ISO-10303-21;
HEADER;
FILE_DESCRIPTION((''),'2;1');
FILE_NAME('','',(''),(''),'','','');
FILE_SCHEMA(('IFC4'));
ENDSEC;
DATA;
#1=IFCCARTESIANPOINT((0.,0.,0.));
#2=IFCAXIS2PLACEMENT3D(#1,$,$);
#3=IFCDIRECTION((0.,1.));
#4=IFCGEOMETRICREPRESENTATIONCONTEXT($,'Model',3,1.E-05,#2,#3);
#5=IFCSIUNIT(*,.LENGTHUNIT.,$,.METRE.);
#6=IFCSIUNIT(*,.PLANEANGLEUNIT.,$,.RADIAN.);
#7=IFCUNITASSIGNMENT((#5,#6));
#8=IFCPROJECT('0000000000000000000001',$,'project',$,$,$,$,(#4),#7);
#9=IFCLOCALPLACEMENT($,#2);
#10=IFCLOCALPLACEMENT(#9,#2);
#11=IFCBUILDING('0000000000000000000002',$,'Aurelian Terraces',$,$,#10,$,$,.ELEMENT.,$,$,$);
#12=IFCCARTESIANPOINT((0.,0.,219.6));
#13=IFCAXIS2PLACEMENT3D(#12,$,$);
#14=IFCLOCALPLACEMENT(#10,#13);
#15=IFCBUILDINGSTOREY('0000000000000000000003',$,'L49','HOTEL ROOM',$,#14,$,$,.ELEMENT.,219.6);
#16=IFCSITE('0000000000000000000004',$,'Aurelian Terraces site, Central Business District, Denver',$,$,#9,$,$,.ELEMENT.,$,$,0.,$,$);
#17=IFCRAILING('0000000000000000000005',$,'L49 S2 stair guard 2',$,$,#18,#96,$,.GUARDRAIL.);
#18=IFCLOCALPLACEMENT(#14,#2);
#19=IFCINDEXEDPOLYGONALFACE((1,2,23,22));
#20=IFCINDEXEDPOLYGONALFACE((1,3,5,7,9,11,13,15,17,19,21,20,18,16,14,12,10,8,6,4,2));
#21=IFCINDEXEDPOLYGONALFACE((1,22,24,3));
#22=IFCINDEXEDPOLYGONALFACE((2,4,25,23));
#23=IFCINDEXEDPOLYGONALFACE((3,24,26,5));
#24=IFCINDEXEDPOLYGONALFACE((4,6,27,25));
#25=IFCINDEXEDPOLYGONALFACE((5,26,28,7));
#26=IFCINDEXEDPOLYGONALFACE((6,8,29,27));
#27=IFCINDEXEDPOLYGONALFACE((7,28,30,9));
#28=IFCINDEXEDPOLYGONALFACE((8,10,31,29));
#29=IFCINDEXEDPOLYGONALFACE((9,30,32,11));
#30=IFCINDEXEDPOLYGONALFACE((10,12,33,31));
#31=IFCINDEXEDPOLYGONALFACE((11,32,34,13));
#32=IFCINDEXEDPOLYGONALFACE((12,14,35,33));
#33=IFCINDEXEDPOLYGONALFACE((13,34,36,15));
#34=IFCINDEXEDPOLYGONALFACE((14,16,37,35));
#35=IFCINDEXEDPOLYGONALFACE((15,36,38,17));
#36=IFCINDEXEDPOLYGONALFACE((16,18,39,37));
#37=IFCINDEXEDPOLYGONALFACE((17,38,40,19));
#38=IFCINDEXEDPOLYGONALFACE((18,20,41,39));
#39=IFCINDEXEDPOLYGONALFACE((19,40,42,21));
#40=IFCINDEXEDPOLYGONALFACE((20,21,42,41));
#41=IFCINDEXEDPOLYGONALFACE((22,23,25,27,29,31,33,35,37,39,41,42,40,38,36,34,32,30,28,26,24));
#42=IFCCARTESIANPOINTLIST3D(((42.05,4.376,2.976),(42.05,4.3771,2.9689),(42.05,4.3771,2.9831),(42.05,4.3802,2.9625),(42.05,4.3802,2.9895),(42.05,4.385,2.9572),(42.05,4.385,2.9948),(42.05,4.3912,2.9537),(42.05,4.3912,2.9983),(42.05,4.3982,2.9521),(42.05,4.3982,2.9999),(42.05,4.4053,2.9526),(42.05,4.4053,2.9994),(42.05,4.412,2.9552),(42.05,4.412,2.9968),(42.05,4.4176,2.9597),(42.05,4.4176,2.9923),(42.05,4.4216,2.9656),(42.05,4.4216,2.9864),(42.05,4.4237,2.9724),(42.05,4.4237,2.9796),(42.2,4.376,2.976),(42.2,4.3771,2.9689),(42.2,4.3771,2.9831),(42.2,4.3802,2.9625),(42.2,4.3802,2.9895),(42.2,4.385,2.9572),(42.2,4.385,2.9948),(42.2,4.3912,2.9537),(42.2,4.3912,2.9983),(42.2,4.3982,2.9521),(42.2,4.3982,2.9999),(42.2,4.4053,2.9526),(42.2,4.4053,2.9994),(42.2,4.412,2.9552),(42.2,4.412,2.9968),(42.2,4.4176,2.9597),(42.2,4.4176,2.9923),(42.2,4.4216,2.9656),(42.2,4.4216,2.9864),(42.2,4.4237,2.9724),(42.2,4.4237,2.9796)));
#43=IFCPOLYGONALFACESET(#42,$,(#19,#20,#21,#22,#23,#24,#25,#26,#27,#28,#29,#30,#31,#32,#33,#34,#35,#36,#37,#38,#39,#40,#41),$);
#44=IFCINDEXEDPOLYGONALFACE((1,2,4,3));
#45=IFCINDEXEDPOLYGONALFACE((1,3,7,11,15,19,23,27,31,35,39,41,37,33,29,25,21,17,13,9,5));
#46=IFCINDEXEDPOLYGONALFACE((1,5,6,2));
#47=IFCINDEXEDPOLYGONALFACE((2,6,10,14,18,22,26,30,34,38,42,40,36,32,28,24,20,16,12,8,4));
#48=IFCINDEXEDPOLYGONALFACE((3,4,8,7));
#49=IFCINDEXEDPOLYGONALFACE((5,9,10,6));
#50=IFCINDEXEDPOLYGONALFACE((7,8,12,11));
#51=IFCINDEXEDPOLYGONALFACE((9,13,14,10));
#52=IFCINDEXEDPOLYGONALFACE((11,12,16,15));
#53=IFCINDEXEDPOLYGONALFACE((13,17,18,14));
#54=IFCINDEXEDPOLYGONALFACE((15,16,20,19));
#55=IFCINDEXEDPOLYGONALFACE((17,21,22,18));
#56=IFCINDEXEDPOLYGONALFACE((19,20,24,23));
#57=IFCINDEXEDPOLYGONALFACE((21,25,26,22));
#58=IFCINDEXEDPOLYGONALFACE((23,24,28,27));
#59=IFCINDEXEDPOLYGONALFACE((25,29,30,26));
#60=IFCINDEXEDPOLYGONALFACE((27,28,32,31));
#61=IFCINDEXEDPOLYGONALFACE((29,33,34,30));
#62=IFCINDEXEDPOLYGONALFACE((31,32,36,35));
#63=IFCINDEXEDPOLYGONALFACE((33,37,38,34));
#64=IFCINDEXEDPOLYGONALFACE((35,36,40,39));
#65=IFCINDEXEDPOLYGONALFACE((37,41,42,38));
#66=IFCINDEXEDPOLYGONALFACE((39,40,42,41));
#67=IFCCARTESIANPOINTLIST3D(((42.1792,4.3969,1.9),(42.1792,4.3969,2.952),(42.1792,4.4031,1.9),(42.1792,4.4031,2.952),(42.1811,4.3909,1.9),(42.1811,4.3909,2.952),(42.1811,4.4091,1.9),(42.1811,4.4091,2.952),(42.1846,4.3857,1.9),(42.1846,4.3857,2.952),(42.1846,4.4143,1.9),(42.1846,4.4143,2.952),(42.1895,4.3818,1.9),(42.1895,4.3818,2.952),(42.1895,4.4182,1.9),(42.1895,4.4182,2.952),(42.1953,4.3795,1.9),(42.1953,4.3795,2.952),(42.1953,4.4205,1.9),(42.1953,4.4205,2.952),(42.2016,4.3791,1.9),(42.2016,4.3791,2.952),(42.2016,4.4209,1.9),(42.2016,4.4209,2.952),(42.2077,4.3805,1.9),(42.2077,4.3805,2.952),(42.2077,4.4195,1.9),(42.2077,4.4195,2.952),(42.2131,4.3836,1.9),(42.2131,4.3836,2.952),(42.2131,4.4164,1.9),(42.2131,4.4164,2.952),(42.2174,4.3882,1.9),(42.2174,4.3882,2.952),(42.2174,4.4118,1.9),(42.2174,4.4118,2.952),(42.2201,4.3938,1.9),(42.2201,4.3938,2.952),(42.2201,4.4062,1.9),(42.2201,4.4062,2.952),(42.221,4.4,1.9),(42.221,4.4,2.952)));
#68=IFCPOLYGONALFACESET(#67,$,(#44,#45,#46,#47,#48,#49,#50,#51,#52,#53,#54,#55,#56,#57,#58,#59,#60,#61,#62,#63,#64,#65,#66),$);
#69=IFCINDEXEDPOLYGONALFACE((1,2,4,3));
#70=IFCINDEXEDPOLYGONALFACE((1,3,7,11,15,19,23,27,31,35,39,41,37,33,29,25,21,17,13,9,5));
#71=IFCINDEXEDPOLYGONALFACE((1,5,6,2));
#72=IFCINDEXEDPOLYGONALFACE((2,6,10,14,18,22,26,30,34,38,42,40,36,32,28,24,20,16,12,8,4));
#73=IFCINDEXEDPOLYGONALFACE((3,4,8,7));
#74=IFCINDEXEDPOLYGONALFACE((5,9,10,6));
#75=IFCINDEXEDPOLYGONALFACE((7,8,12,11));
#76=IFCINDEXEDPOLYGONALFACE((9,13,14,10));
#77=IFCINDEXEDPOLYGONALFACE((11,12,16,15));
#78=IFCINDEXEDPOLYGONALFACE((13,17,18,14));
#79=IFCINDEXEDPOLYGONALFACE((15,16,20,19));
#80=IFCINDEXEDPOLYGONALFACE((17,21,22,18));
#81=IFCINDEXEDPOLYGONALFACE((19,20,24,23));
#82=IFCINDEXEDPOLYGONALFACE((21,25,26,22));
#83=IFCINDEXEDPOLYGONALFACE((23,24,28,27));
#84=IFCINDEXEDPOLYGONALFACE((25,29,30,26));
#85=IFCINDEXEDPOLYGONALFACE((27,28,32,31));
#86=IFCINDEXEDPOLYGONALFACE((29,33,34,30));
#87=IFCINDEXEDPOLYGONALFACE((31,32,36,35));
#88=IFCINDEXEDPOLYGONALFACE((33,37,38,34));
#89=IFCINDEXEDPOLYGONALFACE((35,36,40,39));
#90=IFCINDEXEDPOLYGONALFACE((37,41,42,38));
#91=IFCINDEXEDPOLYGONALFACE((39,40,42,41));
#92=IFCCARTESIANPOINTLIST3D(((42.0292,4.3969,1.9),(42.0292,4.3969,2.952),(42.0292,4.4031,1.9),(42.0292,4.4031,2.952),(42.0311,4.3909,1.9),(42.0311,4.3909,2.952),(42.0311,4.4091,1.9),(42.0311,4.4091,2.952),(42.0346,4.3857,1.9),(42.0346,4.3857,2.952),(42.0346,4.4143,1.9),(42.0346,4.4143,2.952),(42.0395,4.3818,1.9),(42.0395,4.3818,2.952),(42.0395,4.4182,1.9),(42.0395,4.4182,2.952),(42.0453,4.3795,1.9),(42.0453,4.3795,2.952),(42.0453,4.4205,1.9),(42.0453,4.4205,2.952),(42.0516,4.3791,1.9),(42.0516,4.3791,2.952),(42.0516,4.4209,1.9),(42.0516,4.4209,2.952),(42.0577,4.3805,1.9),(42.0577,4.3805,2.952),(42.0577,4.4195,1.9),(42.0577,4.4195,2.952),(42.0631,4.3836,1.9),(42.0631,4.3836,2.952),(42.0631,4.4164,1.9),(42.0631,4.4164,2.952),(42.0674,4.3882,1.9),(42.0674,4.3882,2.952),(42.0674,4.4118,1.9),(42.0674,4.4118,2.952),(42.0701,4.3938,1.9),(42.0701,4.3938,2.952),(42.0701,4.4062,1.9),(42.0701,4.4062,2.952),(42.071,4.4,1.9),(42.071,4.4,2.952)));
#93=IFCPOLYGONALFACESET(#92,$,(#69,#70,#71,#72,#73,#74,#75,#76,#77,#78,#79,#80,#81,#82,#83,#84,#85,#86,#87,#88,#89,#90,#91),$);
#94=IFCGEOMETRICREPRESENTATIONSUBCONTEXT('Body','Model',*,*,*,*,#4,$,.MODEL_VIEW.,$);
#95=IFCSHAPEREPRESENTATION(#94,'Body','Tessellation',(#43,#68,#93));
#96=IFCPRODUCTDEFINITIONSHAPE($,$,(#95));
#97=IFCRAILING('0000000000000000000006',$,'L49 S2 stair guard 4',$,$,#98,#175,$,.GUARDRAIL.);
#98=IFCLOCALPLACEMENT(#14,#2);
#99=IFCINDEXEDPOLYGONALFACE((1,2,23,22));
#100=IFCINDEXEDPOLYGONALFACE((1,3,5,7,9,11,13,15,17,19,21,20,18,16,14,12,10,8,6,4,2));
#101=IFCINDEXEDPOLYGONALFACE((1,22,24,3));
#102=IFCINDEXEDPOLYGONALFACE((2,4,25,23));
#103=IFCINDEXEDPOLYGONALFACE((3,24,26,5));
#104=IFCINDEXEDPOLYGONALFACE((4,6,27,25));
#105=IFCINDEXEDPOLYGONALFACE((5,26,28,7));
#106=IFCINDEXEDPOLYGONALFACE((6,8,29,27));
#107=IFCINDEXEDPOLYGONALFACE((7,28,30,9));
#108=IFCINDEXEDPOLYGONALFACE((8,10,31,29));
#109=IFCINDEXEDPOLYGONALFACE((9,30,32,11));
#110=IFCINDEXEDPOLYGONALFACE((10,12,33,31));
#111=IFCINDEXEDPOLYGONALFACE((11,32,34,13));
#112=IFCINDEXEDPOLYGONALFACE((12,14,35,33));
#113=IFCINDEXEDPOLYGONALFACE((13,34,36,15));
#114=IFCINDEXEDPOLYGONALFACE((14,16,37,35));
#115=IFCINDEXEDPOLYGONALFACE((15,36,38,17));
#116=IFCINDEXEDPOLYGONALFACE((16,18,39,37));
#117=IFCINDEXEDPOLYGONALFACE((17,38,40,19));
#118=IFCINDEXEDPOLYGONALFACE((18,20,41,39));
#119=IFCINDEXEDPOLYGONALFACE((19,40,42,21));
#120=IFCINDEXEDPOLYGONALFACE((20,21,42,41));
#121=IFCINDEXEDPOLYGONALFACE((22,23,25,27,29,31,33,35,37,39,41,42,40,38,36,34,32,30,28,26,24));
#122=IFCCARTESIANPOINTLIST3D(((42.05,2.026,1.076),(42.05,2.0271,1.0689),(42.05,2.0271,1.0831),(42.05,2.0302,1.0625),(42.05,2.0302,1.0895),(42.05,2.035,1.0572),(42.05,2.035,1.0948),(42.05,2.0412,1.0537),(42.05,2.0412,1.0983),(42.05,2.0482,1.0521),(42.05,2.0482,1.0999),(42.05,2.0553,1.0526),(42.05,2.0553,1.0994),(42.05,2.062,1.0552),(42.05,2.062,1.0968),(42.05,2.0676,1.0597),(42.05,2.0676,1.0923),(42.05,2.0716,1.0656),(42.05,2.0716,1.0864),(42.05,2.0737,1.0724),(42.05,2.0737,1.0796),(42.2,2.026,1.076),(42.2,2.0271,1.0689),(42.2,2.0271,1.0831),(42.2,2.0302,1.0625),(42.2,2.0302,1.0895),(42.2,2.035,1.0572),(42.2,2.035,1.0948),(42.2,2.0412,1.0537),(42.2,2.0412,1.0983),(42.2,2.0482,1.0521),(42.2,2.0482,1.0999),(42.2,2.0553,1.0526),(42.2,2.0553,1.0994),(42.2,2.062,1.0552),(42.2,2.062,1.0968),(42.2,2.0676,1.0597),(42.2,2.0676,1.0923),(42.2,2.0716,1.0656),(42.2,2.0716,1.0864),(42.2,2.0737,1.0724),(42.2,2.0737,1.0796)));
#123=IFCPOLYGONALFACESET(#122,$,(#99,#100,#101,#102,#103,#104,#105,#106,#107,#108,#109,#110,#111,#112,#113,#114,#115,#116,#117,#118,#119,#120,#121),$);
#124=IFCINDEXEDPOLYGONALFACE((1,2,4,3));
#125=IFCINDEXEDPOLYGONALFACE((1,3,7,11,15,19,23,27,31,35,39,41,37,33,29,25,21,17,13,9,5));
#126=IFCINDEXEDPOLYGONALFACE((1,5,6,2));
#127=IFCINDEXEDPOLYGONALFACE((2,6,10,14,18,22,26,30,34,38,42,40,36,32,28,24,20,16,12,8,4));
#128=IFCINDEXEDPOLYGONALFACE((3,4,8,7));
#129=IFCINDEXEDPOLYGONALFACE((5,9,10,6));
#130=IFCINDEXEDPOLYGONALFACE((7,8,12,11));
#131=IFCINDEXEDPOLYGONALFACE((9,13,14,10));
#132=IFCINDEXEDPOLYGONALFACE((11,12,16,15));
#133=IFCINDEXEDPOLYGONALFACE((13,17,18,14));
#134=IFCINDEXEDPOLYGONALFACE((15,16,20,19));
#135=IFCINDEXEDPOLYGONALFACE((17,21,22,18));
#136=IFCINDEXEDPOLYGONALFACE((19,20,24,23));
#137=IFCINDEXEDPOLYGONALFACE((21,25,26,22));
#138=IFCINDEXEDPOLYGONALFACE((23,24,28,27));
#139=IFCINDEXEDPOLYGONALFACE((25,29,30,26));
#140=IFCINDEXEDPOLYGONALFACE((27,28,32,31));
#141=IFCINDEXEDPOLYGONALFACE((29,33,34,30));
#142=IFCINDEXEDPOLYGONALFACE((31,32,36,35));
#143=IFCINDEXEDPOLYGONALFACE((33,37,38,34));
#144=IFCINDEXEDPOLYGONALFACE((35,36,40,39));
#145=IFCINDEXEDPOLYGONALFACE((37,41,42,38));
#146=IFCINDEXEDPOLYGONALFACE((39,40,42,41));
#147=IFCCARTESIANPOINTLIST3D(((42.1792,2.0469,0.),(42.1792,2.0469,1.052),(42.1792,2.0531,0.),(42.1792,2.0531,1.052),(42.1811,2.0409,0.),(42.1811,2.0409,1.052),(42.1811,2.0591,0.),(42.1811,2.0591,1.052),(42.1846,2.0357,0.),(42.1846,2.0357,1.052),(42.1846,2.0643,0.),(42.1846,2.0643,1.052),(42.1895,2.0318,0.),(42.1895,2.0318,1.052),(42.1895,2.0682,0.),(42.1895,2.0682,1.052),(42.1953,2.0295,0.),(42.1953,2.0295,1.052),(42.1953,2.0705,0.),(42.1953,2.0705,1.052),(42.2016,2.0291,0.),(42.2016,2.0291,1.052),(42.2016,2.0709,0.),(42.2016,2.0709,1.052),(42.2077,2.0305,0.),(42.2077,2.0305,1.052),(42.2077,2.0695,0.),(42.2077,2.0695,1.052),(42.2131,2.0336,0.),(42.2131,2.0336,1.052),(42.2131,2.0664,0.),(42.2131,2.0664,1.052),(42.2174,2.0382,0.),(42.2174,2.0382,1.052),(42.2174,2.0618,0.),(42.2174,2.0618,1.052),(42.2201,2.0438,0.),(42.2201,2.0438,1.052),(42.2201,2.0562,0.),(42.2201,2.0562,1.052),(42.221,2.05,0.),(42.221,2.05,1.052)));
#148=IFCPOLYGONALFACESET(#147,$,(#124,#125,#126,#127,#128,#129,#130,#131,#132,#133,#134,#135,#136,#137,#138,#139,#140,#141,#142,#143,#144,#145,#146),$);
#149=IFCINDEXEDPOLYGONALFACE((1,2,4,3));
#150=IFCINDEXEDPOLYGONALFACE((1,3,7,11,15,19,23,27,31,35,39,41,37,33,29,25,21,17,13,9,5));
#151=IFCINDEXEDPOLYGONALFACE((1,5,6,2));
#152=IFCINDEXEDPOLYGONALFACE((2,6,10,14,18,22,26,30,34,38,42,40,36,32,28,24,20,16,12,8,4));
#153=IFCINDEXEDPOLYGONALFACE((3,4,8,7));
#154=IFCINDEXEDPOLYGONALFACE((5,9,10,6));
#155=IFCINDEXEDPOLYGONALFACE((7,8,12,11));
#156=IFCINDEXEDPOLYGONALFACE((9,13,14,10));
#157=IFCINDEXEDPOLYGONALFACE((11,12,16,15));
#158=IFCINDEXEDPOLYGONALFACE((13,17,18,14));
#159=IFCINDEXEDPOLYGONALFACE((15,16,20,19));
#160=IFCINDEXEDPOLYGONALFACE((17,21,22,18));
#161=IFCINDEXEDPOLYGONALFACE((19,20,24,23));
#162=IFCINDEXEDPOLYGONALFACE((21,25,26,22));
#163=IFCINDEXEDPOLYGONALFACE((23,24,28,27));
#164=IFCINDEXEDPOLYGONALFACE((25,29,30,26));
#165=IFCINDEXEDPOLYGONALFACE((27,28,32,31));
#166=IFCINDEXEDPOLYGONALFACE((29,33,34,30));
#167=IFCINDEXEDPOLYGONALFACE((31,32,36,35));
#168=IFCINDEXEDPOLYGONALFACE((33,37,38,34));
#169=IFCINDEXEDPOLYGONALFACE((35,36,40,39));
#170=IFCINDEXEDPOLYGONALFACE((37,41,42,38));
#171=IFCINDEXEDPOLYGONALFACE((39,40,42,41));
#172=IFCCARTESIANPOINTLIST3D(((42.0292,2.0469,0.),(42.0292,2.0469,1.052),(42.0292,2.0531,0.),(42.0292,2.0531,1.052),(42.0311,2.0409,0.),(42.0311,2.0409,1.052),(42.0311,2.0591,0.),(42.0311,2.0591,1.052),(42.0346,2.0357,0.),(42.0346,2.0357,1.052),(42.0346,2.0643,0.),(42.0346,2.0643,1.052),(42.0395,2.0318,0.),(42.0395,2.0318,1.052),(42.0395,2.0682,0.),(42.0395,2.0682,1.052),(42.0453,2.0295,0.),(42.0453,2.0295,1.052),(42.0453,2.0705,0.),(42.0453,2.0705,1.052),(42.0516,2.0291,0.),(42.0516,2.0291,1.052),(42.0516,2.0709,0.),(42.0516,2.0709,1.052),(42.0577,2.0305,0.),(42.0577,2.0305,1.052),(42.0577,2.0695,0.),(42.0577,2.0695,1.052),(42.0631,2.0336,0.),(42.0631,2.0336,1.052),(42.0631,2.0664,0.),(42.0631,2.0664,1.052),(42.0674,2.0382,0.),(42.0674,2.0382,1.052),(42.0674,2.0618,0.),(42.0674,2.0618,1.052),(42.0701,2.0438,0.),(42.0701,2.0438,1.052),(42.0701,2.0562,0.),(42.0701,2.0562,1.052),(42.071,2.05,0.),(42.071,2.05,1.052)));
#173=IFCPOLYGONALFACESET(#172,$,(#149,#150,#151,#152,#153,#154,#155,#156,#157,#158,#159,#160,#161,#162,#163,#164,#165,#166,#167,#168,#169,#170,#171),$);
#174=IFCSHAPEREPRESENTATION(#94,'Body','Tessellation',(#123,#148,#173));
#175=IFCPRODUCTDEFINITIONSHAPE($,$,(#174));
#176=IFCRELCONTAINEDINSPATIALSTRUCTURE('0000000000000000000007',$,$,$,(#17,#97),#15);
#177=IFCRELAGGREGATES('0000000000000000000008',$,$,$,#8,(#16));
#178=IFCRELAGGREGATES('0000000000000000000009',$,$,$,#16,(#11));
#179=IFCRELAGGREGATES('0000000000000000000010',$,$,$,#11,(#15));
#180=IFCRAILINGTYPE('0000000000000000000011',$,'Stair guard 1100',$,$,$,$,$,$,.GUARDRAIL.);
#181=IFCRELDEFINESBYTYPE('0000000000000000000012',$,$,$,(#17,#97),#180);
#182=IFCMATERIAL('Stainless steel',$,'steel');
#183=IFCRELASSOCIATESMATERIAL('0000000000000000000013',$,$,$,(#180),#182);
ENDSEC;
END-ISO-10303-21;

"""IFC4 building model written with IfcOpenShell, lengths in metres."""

from ifc_helpers import new_model, si_unit, direction, frame, origin, origin_2d, place, context, subcontext, project, spatial, circle, extrude, source, transform, mapped, material, type_object, element, save


model = new_model("IFC4")

# Units and contexts
model_context = context("Model", 3, precision=1e-05, world=origin(), true_north=direction((0.0, 1.0)))
body_context = subcontext(model_context, "Body", "Model", "MODEL_VIEW")
ifc_project = project(units=[si_unit("LENGTHUNIT", "METRE"), si_unit("PLANEANGLEUNIT", "RADIAN")], contexts=[model_context])

# Site, building, storey
site_placement = place(None, origin())
site = spatial("IfcSite", under=ifc_project, at=site_placement, Name="Aurelian Terraces site, Central Business District, Denver", CompositionType="ELEMENT", RefElevation=0.0)
building_placement = place(site_placement, origin())
building = spatial("IfcBuilding", under=site, at=building_placement, Name="Aurelian Terraces", CompositionType="ELEMENT")
storey_placement = place(building_placement, frame((0.0, 0.0, 219.6)))
storey = spatial("IfcBuildingStorey", under=building, at=storey_placement, Name="L49", Description="HOTEL ROOM", CompositionType="ELEMENT", Elevation=219.6)

# Railings
ifc_material_1 = material(Name="Stainless steel", Category="steel")
railing_type_1 = type_object("IfcRailingType", Name="Stair guard 1100", PredefinedType="GUARDRAIL", material=ifc_material_1)
shared_shape_1 = source(origin(), body_context, "Body", "SweptSolid", [
    extrude(circle(Radius=0.024, at=origin_2d()), frame((0.0, 0.0, 1.076), z_axis=(-1.0, 0.0, 0.0), x_axis=(0.0, -1.0, 0.0)), (0.0, 0.0, 1.0), 0.15),
    extrude(circle(Radius=0.021, at=origin_2d()), origin(), (0.0, 0.0, 1.0), 1.052),
    extrude(circle(Radius=0.021, at=origin_2d()), frame((-0.15, 0.0, 0.0)), (0.0, 0.0, 1.0), 1.052),
])
for number, where, name in (
    (1, (42.2, 4.4, 1.9), "L49 S2 stair guard 2"),
    (2, (42.2, 2.05, 0.0), "L49 S2 stair guard 4"),
):
    element("IfcRailing", number, at=place(storey_placement, frame(where)), inside=storey, type_object=railing_type_1, Name=name, PredefinedType="GUARDRAIL", context=body_context, shape_type="MappedRepresentation", body=[
        mapped(shared_shape_1, transform((0.0, 0.0, 0.0), scale=1.0)),
    ])

save(model, "model.ifc")
